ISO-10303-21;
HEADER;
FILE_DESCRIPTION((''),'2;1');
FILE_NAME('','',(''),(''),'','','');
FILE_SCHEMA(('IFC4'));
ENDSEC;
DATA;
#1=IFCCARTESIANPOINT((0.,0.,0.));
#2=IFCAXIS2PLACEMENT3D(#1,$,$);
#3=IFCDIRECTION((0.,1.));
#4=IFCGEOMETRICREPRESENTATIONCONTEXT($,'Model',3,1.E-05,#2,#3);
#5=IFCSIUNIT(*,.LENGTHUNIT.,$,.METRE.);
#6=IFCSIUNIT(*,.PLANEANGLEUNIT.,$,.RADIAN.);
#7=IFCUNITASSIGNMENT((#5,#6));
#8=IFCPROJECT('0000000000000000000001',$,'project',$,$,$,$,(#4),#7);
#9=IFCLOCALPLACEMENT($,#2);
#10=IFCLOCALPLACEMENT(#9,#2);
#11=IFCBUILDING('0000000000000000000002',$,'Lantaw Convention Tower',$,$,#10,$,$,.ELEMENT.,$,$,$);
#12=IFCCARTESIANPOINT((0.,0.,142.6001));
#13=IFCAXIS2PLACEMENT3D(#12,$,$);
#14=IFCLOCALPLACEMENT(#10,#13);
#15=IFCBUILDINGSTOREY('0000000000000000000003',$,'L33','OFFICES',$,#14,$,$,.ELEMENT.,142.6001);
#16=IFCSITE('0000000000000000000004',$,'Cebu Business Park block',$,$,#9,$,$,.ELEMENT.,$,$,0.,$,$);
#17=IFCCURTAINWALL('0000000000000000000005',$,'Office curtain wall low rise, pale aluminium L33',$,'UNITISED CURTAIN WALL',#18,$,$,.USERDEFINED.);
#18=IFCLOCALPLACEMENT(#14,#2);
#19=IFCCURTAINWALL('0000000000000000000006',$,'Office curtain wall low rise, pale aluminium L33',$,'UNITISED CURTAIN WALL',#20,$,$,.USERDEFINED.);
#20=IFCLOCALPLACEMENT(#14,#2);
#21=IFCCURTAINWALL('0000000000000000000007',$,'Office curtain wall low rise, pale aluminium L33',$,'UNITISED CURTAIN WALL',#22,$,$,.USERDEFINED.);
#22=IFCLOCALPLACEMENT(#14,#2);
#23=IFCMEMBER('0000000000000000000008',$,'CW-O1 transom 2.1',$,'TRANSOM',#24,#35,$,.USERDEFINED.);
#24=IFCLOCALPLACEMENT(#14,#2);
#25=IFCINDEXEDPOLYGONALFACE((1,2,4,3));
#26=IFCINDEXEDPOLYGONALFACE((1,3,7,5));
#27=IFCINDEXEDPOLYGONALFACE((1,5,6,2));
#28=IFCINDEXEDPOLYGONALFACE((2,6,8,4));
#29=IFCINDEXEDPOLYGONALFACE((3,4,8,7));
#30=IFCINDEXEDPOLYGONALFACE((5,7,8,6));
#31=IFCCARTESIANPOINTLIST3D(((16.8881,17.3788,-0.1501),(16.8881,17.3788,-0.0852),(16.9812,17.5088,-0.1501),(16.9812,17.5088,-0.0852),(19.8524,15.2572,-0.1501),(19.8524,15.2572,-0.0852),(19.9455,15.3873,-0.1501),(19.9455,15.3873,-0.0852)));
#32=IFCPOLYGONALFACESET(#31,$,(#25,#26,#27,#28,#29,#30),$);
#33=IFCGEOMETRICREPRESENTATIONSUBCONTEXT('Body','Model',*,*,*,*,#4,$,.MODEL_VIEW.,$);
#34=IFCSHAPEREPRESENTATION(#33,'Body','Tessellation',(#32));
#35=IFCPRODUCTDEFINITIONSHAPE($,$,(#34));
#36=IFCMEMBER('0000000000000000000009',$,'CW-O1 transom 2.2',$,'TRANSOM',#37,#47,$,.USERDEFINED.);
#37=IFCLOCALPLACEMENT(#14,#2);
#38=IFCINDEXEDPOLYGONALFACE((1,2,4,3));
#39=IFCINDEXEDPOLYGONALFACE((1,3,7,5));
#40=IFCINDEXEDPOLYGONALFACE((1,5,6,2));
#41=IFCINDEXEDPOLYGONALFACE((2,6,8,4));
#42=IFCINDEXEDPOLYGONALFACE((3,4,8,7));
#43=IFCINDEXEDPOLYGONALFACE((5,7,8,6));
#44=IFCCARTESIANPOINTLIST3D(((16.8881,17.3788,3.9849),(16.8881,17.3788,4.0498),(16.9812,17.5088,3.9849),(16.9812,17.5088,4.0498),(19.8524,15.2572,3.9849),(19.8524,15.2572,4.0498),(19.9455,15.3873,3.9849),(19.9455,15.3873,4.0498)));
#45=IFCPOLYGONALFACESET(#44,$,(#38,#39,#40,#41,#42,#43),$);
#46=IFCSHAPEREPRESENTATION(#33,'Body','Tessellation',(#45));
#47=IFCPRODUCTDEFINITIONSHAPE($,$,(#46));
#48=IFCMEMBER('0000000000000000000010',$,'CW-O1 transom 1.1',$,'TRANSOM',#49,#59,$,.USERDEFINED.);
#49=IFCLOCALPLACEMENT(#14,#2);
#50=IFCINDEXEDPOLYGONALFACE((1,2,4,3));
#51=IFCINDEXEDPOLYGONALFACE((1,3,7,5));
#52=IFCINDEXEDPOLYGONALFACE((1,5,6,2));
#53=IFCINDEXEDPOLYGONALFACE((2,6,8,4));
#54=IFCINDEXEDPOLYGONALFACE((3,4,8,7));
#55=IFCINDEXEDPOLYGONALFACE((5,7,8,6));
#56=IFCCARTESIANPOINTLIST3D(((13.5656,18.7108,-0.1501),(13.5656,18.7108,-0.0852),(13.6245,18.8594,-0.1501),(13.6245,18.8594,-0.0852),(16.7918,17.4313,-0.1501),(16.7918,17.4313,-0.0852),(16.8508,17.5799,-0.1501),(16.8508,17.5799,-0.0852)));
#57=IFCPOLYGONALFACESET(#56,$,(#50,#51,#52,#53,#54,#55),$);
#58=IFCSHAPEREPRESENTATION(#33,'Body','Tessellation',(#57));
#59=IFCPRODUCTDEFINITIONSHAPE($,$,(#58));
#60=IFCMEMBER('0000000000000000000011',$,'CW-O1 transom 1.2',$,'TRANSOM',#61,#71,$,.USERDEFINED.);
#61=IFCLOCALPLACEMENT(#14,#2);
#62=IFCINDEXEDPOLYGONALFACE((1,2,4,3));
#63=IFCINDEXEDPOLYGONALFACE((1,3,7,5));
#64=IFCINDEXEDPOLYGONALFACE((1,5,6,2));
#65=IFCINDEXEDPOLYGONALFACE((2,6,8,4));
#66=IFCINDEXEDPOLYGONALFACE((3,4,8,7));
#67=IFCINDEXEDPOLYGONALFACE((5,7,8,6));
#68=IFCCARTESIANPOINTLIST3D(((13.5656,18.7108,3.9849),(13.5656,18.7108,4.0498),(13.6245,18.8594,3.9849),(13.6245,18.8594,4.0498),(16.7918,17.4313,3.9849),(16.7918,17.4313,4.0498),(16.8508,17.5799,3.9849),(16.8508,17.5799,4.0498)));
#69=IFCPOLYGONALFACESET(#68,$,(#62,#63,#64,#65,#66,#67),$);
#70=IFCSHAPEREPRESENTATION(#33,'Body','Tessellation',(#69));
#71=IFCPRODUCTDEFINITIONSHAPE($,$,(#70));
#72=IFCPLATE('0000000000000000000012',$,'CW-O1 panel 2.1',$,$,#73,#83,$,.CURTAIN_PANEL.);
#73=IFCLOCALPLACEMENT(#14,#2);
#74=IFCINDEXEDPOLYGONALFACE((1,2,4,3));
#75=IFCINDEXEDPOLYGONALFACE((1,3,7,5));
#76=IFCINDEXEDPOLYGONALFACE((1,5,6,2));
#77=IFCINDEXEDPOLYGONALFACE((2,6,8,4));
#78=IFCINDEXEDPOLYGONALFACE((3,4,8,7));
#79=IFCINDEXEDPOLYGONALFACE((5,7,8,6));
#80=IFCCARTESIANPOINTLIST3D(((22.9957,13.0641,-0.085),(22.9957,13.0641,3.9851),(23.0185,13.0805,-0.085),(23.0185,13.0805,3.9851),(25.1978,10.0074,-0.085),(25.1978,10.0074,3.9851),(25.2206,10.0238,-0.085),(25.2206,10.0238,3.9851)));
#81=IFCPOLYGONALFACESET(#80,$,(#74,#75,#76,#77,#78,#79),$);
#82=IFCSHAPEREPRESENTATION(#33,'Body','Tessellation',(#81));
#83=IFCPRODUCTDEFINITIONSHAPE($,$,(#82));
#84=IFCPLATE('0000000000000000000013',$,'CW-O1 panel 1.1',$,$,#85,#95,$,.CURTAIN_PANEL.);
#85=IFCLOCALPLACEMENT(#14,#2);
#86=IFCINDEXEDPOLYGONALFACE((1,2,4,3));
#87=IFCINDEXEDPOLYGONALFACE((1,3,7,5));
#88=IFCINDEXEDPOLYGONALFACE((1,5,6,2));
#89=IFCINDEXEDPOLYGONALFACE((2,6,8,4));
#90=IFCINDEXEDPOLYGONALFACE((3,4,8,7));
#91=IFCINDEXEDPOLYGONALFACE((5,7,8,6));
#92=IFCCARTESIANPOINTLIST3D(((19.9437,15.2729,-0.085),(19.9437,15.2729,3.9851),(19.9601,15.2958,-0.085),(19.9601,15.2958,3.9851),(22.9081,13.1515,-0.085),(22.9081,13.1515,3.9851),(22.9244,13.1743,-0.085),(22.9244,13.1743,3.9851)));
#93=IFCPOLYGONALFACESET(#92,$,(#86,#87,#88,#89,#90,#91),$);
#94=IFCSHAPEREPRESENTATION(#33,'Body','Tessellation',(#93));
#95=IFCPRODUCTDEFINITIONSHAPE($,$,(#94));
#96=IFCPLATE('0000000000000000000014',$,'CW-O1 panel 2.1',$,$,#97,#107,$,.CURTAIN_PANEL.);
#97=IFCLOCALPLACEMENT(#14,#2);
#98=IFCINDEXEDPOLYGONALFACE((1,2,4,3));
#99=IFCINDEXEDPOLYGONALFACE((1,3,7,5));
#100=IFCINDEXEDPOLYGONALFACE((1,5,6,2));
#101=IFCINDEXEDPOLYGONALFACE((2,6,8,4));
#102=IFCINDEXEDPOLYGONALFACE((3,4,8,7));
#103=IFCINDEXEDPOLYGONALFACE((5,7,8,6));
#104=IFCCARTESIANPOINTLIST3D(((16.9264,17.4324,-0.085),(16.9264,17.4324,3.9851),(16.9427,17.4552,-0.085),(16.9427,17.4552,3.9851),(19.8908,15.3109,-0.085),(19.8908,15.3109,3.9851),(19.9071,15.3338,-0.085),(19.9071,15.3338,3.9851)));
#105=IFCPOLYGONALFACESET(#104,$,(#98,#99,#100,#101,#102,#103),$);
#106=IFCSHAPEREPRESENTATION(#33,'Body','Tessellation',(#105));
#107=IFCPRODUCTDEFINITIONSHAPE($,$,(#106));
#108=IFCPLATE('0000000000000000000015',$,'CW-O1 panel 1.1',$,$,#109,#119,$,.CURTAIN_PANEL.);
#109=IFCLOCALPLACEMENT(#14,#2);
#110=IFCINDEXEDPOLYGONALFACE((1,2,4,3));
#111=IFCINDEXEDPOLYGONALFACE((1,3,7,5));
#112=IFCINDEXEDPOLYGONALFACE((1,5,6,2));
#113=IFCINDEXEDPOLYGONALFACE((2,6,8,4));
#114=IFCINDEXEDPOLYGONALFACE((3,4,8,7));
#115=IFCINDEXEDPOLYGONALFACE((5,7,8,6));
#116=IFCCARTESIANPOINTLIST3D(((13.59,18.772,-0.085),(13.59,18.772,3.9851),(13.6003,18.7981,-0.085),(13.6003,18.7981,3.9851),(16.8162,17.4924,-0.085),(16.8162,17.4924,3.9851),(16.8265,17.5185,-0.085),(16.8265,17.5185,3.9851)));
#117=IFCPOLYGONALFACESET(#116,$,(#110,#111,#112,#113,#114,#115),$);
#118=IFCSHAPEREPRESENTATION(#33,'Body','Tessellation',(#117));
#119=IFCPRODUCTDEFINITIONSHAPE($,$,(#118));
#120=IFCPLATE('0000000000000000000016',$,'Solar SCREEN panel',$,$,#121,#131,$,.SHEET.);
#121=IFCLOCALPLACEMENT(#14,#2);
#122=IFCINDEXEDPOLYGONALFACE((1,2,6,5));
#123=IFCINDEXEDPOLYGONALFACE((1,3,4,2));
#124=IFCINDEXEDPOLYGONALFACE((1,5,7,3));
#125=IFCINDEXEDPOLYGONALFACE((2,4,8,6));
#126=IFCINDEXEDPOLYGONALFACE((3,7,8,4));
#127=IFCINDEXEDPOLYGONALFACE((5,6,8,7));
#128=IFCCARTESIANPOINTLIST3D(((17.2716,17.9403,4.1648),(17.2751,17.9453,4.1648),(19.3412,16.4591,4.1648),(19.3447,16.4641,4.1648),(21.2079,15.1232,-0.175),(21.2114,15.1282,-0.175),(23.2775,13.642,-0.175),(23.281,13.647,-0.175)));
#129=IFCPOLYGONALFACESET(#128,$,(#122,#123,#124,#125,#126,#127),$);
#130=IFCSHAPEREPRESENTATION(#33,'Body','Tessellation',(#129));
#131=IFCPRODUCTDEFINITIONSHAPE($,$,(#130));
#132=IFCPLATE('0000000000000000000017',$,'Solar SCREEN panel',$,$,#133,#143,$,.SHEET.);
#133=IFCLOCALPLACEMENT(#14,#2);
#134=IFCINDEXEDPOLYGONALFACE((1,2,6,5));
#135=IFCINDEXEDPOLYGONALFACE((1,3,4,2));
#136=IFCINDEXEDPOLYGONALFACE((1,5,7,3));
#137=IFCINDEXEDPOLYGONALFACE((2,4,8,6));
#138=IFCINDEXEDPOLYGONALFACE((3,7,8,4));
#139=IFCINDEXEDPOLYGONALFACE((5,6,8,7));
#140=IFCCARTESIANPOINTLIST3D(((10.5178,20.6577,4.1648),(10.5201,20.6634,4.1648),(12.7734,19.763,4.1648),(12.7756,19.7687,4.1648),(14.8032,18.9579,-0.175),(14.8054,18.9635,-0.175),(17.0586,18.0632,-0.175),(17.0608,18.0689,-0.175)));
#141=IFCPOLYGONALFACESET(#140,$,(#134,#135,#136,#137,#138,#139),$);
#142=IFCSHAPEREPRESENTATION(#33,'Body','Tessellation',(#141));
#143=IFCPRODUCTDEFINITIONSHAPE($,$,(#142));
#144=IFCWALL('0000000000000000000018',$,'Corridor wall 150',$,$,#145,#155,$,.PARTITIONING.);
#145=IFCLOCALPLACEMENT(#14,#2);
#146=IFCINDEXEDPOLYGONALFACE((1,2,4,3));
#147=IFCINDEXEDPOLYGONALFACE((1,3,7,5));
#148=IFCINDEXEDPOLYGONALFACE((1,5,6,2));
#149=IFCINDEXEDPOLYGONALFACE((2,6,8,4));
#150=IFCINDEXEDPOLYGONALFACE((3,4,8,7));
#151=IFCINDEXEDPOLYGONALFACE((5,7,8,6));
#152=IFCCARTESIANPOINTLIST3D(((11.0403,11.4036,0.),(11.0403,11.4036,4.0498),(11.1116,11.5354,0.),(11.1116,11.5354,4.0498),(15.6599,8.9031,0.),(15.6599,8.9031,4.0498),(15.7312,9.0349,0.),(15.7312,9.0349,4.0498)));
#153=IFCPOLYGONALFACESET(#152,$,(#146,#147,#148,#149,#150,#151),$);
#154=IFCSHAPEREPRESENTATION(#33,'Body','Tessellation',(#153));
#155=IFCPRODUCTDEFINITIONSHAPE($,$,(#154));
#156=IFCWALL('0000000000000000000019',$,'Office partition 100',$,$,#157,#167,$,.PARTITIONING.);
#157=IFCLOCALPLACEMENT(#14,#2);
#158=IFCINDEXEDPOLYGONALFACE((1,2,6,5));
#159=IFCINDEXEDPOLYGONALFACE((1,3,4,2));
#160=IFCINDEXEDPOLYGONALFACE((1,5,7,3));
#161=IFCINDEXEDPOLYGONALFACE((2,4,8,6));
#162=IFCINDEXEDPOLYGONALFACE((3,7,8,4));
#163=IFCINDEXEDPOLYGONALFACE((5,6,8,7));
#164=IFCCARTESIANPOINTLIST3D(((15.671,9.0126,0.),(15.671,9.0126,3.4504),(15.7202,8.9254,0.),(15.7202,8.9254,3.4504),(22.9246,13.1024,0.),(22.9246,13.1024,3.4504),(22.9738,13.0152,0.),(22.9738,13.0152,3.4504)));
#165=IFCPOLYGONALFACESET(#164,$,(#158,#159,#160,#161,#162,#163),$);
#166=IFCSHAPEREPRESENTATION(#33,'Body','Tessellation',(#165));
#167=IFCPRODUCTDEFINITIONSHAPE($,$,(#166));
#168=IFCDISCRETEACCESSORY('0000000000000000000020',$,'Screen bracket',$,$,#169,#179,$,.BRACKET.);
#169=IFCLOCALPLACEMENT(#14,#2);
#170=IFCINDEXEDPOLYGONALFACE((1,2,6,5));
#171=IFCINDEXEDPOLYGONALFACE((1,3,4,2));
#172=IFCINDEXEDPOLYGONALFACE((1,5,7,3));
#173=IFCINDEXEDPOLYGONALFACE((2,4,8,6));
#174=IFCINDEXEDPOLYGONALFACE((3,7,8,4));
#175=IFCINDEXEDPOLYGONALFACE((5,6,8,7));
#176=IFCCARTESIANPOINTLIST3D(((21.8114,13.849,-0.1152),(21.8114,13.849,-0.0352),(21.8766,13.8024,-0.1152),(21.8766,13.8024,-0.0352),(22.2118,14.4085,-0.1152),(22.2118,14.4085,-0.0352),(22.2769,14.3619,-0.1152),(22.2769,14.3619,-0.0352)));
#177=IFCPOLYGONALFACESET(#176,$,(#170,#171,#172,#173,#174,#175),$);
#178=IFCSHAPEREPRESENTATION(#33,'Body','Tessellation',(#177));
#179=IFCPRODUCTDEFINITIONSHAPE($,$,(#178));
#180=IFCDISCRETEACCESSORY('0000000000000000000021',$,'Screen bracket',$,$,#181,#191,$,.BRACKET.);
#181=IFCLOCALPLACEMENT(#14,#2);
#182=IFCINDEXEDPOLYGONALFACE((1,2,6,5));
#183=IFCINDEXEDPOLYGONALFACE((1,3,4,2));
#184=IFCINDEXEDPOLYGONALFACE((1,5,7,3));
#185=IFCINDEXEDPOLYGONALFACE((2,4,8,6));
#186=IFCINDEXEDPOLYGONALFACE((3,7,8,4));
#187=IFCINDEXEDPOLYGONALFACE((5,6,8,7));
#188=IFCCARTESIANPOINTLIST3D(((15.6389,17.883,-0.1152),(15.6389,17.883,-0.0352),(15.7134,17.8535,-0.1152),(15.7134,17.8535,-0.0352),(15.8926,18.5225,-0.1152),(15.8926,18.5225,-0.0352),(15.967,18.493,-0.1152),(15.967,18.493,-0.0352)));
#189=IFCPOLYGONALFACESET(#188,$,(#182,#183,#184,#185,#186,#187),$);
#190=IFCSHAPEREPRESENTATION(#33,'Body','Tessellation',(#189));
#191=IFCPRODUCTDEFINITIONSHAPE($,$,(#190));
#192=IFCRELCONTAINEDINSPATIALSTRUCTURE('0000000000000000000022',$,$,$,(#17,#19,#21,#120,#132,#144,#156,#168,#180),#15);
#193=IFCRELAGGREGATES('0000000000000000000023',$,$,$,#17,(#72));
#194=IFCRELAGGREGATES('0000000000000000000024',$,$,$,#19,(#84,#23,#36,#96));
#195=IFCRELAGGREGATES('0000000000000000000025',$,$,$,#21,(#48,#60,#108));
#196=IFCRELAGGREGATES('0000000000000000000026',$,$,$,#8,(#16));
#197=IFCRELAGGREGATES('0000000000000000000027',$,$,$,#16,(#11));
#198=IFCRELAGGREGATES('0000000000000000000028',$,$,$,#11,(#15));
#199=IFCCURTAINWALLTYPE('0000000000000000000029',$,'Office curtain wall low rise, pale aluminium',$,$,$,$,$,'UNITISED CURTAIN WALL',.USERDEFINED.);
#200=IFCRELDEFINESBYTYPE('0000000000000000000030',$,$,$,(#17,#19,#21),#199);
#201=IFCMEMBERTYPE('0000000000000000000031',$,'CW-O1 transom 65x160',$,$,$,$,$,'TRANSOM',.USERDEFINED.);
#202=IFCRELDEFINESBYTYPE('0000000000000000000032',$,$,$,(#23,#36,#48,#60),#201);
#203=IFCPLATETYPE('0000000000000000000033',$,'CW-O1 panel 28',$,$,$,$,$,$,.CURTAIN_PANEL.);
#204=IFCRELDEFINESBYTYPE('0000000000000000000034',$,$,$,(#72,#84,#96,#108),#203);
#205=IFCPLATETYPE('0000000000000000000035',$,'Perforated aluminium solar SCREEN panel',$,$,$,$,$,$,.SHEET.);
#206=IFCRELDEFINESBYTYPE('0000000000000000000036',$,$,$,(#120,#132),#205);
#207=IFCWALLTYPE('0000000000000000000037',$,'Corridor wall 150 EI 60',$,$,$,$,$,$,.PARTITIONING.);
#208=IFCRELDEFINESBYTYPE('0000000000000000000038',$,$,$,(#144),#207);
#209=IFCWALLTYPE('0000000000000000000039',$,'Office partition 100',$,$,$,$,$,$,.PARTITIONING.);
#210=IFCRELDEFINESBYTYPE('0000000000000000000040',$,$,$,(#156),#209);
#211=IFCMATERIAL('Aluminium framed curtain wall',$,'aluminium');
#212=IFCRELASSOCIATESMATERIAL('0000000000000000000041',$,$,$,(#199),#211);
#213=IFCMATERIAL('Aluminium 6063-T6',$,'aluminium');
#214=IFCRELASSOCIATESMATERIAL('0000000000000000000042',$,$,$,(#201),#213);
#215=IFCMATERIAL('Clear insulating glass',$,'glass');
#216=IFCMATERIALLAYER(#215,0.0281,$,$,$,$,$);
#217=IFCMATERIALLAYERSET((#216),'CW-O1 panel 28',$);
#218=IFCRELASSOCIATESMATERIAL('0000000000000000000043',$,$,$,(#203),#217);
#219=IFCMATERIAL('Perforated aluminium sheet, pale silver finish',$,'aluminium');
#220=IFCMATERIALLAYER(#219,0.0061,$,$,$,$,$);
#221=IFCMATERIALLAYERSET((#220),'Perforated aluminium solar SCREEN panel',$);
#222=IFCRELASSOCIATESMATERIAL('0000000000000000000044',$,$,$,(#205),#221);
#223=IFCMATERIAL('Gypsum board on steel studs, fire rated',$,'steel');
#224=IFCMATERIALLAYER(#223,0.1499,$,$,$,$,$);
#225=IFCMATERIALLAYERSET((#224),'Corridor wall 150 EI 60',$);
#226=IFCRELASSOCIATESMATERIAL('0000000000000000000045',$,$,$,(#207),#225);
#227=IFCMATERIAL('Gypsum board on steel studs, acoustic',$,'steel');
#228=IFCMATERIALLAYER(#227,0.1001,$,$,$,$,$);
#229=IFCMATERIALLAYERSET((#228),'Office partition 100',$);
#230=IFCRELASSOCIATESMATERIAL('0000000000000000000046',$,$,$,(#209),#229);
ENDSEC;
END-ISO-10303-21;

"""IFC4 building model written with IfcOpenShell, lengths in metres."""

from ifc_helpers import new_model, si_unit, direction, frame, frame_2d, origin, origin_2d, place, context, subcontext, project, spatial, polyline, rectangle, outline, extrude, material, layer, layer_set, material_profile, profile_set, type_object, element, aggregate, save


model = new_model("IFC4")

# Units and contexts
model_context = context("Model", 3, precision=1e-05, world=origin(), true_north=direction((0.0, 1.0)))
body_context = subcontext(model_context, "Body", "Model", "MODEL_VIEW")
ifc_project = project(units=[si_unit("LENGTHUNIT", "METRE"), si_unit("PLANEANGLEUNIT", "RADIAN")], contexts=[model_context])

# Site, building, storey
site_placement = place(None, origin())
site = spatial("IfcSite", under=ifc_project, at=site_placement, Name="Cebu Business Park block", CompositionType="ELEMENT", RefElevation=0.0)
building_placement = place(site_placement, origin())
building = spatial("IfcBuilding", under=site, at=building_placement, Name="Lantaw Convention Tower", CompositionType="ELEMENT")
storey_placement = place(building_placement, frame((0.0, 0.0, 142.6001)))
storey = spatial("IfcBuildingStorey", under=building, at=storey_placement, Name="L33", Description="OFFICES", CompositionType="ELEMENT", Elevation=142.6001)

# Curtain walls
ifc_material_1 = material(Name="Aluminium framed curtain wall", Category="aluminium")
curtain_wall_type = type_object("IfcCurtainWallType", Name="Office curtain wall low rise, pale aluminium", ElementType="UNITISED CURTAIN WALL", PredefinedType="USERDEFINED", material=ifc_material_1)
curtain_wall_1_placement = place(storey_placement, origin())
curtain_wall_1 = element("IfcCurtainWall", 1, at=curtain_wall_1_placement, inside=storey, type_object=curtain_wall_type, Name="Office curtain wall low rise, pale aluminium L33", ObjectType="UNITISED CURTAIN WALL", PredefinedType="USERDEFINED")
ifc_material_2 = material(Name="Aluminium 6063-T6", Category="aluminium")
curtain_wall_2_placement = place(storey_placement, origin())
curtain_wall_2 = element("IfcCurtainWall", 2, at=curtain_wall_2_placement, inside=storey, type_object=curtain_wall_type, Name="Office curtain wall low rise, pale aluminium L33", ObjectType="UNITISED CURTAIN WALL", PredefinedType="USERDEFINED")
curtain_wall_3_placement = place(storey_placement, origin())
curtain_wall_3 = element("IfcCurtainWall", 3, at=curtain_wall_3_placement, inside=storey, type_object=curtain_wall_type, Name="Office curtain wall low rise, pale aluminium L33", ObjectType="UNITISED CURTAIN WALL", PredefinedType="USERDEFINED")

# Members
ifc_material_profile_1 = material_profile(ifc_material_2, rectangle(XDim=0.1599, YDim=0.0649, at=origin_2d()), Name="CW-O1 transom 65x160")
ifc_profile_set_1 = profile_set([ifc_material_profile_1], Name="Aluminium 6063-T6")
member_type_1 = type_object("IfcMemberType", Name="CW-O1 transom 65x160", ElementType="TRANSOM", PredefinedType="USERDEFINED", material=ifc_profile_set_1)
member_1_placement = place(storey_placement, frame((19.8989, 15.3223, -0.1177), z_axis=(-0.81319, 0.581998, 0.0), x_axis=(-0.581998, -0.81319, 0.0)))
member_1 = element("IfcMember", 4, at=member_1_placement, type_object=member_type_1, Name="CW-O1 transom 2.1", ObjectType="TRANSOM", PredefinedType="USERDEFINED", context=body_context, shape_type="SweptSolid", body=[
    extrude(rectangle(XDim=0.1599, YDim=0.0649, at=origin_2d()), origin(), (0.0, 0.0, 1.0), 3.6453),
])
member_2_placement = place(storey_placement, frame((19.8989, 15.3223, 4.0173), z_axis=(-0.81319, 0.581998, 0.0), x_axis=(-0.581998, -0.81319, 0.0)))
member_2 = element("IfcMember", 5, at=member_2_placement, type_object=member_type_1, Name="CW-O1 transom 2.2", ObjectType="TRANSOM", PredefinedType="USERDEFINED", context=body_context, shape_type="SweptSolid", body=[
    extrude(rectangle(XDim=0.1599, YDim=0.0649, at=origin_2d()), origin(), (0.0, 0.0, 1.0), 3.6453),
])
member_3_placement = place(storey_placement, frame((16.8213, 17.5056, -0.1177), z_axis=(-0.929564, 0.36866, 0.0), x_axis=(-0.36866, -0.929564, 0.0)))
member_3 = element("IfcMember", 6, at=member_3_placement, type_object=member_type_1, Name="CW-O1 transom 1.1", ObjectType="TRANSOM", PredefinedType="USERDEFINED", context=body_context, shape_type="SweptSolid", body=[
    extrude(rectangle(XDim=0.1599, YDim=0.0649, at=origin_2d()), origin(), (0.0, 0.0, 1.0), 3.4707),
])
member_4_placement = place(storey_placement, frame((16.8213, 17.5056, 4.0173), z_axis=(-0.929564, 0.36866, 0.0), x_axis=(-0.36866, -0.929564, 0.0)))
member_4 = element("IfcMember", 7, at=member_4_placement, type_object=member_type_1, Name="CW-O1 transom 1.2", ObjectType="TRANSOM", PredefinedType="USERDEFINED", context=body_context, shape_type="SweptSolid", body=[
    extrude(rectangle(XDim=0.1599, YDim=0.0649, at=origin_2d()), origin(), (0.0, 0.0, 1.0), 3.4707),
])

# Plates
ifc_material_3 = material(Name="Clear insulating glass", Category="glass")
ifc_layer_1 = layer(ifc_material_3, 0.0281)
ifc_layer_set_1 = layer_set([ifc_layer_1], Name="CW-O1 panel 28")
plate_type_1 = type_object("IfcPlateType", Name="CW-O1 panel 28", PredefinedType="CURTAIN_PANEL", material=ifc_layer_set_1)
plate_1_placement = place(storey_placement, frame((24.1082, 11.5439, -0.085), z_axis=(0.0, 0.0, 1.0), x_axis=(-0.584513, 0.811385, 0.0)))
plate_1 = element("IfcPlate", 8, at=plate_1_placement, type_object=plate_type_1, Name="CW-O1 panel 2.1", PredefinedType="CURTAIN_PANEL", context=body_context, shape_type="SweptSolid", body=[
    extrude(rectangle(XDim=3.7673, YDim=0.0281, at=origin_2d()), origin(), (0.0, 0.0, 1.0), 4.0701),
])
aggregate(curtain_wall_1, [plate_1])
plate_2_placement = place(storey_placement, frame((21.4341, 14.2236, -0.085), z_axis=(0.0, 0.0, 1.0), x_axis=(-0.813208, 0.581973, 0.0)))
plate_2 = element("IfcPlate", 9, at=plate_2_placement, type_object=plate_type_1, Name="CW-O1 panel 1.1", PredefinedType="CURTAIN_PANEL", context=body_context, shape_type="SweptSolid", body=[
    extrude(rectangle(XDim=3.6453, YDim=0.0281, at=origin_2d()), origin(), (0.0, 0.0, 1.0), 4.0701),
])
plate_3_placement = place(storey_placement, frame((18.4167, 16.3831, -0.085), z_axis=(0.0, 0.0, 1.0), x_axis=(-0.813208, 0.581973, 0.0)))
plate_3 = element("IfcPlate", 10, at=plate_3_placement, type_object=plate_type_1, Name="CW-O1 panel 2.1", PredefinedType="CURTAIN_PANEL", context=body_context, shape_type="SweptSolid", body=[
    extrude(rectangle(XDim=3.6453, YDim=0.0281, at=origin_2d()), origin(), (0.0, 0.0, 1.0), 4.0701),
])
aggregate(curtain_wall_2, [plate_2, member_1, member_2, plate_3])
plate_4_placement = place(storey_placement, frame((15.2083, 18.1453, -0.085), z_axis=(0.0, 0.0, 1.0), x_axis=(-0.929548, 0.368702, 0.0)))
plate_4 = element("IfcPlate", 11, at=plate_4_placement, type_object=plate_type_1, Name="CW-O1 panel 1.1", PredefinedType="CURTAIN_PANEL", context=body_context, shape_type="SweptSolid", body=[
    extrude(rectangle(XDim=3.4707, YDim=0.0281, at=origin_2d()), origin(), (0.0, 0.0, 1.0), 4.0701),
])
aggregate(curtain_wall_3, [member_3, member_4, plate_4])

# Plates
ifc_material_4 = material(Name="Perforated aluminium sheet, pale silver finish", Category="aluminium")
ifc_layer_2 = layer(ifc_material_4, 0.0061)
ifc_layer_set_2 = layer_set([ifc_layer_2], Name="Perforated aluminium solar SCREEN panel")
plate_type_2 = type_object("IfcPlateType", Name="Perforated aluminium solar SCREEN panel", PredefinedType="SHEET", material=ifc_layer_set_2)
plate_5_placement = place(storey_placement, frame((23.281, 13.647, -0.175), z_axis=(0.582, 0.813189, 0.000012), x_axis=(-0.813189, 0.582, 0.0)))
element("IfcPlate", 12, at=plate_5_placement, inside=storey, type_object=plate_type_2, Name="Solar SCREEN panel", PredefinedType="SHEET", context=body_context, shape_type="SweptSolid", body=[
    extrude(outline(polyline([(0.0, 0.0), (2.545, 0.0), (7.3855, 4.3398), (4.8405, 4.3398), (0.0, 0.0)])), origin(), (0.0, 0.0, -1.0), 0.0061),
])
plate_6_placement = place(storey_placement, frame((17.0586, 18.0632, -0.175), z_axis=(-0.368709, -0.929545, 0.000011), x_axis=(-0.929545, 0.368709, 0.0)))
element("IfcPlate", 13, at=plate_6_placement, inside=storey, type_object=plate_type_2, Name="Solar SCREEN panel", PredefinedType="SHEET", context=body_context, shape_type="SweptSolid", body=[
    extrude(outline(polyline([(0.0, 0.0), (2.4264, 0.0), (7.0365, -4.3398), (4.61, -4.3398), (0.0, 0.0)])), origin(), (0.0, 0.0, -1.0), 0.0061),
])

# Walls
ifc_material_5 = material(Name="Gypsum board on steel studs, fire rated", Category="steel")
ifc_layer_3 = layer(ifc_material_5, 0.1499)
ifc_layer_set_3 = layer_set([ifc_layer_3], Name="Corridor wall 150 EI 60")
wall_type_1 = type_object("IfcWallType", Name="Corridor wall 150 EI 60", PredefinedType="PARTITIONING", material=ifc_layer_set_3)
wall_1_placement = place(storey_placement, frame((15.6956, 8.969, 0.0), z_axis=(0.0, 0.0, 1.0), x_axis=(-0.879436, 0.476017, 0.0)))
element("IfcWall", 14, at=wall_1_placement, inside=storey, type_object=wall_type_1, Name="Corridor wall 150", PredefinedType="PARTITIONING", context=body_context, shape_type="SweptSolid", body=[
    extrude(rectangle(XDim=5.2529, YDim=0.1499, at=frame_2d((2.6265, 0.0))), origin(), (0.0, 0.0, 1.0), 4.0498),
])
ifc_material_6 = material(Name="Gypsum board on steel studs, acoustic", Category="steel")
ifc_layer_4 = layer(ifc_material_6, 0.1001)
ifc_layer_set_4 = layer_set([ifc_layer_4], Name="Office partition 100")
wall_type_2 = type_object("IfcWallType", Name="Office partition 100", PredefinedType="PARTITIONING", material=ifc_layer_set_4)
wall_2_placement = place(storey_placement, frame((22.9492, 13.0588, 0.0), z_axis=(0.0, 0.0, 1.0), x_axis=(-0.871079, -0.491142, 0.0)))
element("IfcWall", 15, at=wall_2_placement, inside=storey, type_object=wall_type_2, Name="Office partition 100", PredefinedType="PARTITIONING", context=body_context, shape_type="SweptSolid", body=[
    extrude(rectangle(XDim=8.3271, YDim=0.1001, at=frame_2d((4.1636, 0.0))), origin(), (0.0, 0.0, 1.0), 3.4504),
])

# Discrete accessories
for number, where, z_axis, x_axis, name in (
    (16, (22.0442, 14.1055, -0.1152), (0.0, 0.0, 1.0), (-0.813208, 0.581973, 0.0), "Screen bracket"),
    (17, (15.803, 18.188, -0.1152), (0.0, 0.0, 1.0), (-0.929548, 0.368702, 0.0), "Screen bracket"),
):
    element("IfcDiscreteAccessory", number, at=place(storey_placement, frame(where, z_axis=z_axis, x_axis=x_axis)), inside=storey, Name=name, PredefinedType="BRACKET", context=body_context, shape_type="SweptSolid", body=[
        extrude(rectangle(XDim=0.0801, YDim=0.688, at=origin_2d()), origin(), (0.0, 0.0, 1.0), 0.0801),
    ])

save(model, "model.ifc")
